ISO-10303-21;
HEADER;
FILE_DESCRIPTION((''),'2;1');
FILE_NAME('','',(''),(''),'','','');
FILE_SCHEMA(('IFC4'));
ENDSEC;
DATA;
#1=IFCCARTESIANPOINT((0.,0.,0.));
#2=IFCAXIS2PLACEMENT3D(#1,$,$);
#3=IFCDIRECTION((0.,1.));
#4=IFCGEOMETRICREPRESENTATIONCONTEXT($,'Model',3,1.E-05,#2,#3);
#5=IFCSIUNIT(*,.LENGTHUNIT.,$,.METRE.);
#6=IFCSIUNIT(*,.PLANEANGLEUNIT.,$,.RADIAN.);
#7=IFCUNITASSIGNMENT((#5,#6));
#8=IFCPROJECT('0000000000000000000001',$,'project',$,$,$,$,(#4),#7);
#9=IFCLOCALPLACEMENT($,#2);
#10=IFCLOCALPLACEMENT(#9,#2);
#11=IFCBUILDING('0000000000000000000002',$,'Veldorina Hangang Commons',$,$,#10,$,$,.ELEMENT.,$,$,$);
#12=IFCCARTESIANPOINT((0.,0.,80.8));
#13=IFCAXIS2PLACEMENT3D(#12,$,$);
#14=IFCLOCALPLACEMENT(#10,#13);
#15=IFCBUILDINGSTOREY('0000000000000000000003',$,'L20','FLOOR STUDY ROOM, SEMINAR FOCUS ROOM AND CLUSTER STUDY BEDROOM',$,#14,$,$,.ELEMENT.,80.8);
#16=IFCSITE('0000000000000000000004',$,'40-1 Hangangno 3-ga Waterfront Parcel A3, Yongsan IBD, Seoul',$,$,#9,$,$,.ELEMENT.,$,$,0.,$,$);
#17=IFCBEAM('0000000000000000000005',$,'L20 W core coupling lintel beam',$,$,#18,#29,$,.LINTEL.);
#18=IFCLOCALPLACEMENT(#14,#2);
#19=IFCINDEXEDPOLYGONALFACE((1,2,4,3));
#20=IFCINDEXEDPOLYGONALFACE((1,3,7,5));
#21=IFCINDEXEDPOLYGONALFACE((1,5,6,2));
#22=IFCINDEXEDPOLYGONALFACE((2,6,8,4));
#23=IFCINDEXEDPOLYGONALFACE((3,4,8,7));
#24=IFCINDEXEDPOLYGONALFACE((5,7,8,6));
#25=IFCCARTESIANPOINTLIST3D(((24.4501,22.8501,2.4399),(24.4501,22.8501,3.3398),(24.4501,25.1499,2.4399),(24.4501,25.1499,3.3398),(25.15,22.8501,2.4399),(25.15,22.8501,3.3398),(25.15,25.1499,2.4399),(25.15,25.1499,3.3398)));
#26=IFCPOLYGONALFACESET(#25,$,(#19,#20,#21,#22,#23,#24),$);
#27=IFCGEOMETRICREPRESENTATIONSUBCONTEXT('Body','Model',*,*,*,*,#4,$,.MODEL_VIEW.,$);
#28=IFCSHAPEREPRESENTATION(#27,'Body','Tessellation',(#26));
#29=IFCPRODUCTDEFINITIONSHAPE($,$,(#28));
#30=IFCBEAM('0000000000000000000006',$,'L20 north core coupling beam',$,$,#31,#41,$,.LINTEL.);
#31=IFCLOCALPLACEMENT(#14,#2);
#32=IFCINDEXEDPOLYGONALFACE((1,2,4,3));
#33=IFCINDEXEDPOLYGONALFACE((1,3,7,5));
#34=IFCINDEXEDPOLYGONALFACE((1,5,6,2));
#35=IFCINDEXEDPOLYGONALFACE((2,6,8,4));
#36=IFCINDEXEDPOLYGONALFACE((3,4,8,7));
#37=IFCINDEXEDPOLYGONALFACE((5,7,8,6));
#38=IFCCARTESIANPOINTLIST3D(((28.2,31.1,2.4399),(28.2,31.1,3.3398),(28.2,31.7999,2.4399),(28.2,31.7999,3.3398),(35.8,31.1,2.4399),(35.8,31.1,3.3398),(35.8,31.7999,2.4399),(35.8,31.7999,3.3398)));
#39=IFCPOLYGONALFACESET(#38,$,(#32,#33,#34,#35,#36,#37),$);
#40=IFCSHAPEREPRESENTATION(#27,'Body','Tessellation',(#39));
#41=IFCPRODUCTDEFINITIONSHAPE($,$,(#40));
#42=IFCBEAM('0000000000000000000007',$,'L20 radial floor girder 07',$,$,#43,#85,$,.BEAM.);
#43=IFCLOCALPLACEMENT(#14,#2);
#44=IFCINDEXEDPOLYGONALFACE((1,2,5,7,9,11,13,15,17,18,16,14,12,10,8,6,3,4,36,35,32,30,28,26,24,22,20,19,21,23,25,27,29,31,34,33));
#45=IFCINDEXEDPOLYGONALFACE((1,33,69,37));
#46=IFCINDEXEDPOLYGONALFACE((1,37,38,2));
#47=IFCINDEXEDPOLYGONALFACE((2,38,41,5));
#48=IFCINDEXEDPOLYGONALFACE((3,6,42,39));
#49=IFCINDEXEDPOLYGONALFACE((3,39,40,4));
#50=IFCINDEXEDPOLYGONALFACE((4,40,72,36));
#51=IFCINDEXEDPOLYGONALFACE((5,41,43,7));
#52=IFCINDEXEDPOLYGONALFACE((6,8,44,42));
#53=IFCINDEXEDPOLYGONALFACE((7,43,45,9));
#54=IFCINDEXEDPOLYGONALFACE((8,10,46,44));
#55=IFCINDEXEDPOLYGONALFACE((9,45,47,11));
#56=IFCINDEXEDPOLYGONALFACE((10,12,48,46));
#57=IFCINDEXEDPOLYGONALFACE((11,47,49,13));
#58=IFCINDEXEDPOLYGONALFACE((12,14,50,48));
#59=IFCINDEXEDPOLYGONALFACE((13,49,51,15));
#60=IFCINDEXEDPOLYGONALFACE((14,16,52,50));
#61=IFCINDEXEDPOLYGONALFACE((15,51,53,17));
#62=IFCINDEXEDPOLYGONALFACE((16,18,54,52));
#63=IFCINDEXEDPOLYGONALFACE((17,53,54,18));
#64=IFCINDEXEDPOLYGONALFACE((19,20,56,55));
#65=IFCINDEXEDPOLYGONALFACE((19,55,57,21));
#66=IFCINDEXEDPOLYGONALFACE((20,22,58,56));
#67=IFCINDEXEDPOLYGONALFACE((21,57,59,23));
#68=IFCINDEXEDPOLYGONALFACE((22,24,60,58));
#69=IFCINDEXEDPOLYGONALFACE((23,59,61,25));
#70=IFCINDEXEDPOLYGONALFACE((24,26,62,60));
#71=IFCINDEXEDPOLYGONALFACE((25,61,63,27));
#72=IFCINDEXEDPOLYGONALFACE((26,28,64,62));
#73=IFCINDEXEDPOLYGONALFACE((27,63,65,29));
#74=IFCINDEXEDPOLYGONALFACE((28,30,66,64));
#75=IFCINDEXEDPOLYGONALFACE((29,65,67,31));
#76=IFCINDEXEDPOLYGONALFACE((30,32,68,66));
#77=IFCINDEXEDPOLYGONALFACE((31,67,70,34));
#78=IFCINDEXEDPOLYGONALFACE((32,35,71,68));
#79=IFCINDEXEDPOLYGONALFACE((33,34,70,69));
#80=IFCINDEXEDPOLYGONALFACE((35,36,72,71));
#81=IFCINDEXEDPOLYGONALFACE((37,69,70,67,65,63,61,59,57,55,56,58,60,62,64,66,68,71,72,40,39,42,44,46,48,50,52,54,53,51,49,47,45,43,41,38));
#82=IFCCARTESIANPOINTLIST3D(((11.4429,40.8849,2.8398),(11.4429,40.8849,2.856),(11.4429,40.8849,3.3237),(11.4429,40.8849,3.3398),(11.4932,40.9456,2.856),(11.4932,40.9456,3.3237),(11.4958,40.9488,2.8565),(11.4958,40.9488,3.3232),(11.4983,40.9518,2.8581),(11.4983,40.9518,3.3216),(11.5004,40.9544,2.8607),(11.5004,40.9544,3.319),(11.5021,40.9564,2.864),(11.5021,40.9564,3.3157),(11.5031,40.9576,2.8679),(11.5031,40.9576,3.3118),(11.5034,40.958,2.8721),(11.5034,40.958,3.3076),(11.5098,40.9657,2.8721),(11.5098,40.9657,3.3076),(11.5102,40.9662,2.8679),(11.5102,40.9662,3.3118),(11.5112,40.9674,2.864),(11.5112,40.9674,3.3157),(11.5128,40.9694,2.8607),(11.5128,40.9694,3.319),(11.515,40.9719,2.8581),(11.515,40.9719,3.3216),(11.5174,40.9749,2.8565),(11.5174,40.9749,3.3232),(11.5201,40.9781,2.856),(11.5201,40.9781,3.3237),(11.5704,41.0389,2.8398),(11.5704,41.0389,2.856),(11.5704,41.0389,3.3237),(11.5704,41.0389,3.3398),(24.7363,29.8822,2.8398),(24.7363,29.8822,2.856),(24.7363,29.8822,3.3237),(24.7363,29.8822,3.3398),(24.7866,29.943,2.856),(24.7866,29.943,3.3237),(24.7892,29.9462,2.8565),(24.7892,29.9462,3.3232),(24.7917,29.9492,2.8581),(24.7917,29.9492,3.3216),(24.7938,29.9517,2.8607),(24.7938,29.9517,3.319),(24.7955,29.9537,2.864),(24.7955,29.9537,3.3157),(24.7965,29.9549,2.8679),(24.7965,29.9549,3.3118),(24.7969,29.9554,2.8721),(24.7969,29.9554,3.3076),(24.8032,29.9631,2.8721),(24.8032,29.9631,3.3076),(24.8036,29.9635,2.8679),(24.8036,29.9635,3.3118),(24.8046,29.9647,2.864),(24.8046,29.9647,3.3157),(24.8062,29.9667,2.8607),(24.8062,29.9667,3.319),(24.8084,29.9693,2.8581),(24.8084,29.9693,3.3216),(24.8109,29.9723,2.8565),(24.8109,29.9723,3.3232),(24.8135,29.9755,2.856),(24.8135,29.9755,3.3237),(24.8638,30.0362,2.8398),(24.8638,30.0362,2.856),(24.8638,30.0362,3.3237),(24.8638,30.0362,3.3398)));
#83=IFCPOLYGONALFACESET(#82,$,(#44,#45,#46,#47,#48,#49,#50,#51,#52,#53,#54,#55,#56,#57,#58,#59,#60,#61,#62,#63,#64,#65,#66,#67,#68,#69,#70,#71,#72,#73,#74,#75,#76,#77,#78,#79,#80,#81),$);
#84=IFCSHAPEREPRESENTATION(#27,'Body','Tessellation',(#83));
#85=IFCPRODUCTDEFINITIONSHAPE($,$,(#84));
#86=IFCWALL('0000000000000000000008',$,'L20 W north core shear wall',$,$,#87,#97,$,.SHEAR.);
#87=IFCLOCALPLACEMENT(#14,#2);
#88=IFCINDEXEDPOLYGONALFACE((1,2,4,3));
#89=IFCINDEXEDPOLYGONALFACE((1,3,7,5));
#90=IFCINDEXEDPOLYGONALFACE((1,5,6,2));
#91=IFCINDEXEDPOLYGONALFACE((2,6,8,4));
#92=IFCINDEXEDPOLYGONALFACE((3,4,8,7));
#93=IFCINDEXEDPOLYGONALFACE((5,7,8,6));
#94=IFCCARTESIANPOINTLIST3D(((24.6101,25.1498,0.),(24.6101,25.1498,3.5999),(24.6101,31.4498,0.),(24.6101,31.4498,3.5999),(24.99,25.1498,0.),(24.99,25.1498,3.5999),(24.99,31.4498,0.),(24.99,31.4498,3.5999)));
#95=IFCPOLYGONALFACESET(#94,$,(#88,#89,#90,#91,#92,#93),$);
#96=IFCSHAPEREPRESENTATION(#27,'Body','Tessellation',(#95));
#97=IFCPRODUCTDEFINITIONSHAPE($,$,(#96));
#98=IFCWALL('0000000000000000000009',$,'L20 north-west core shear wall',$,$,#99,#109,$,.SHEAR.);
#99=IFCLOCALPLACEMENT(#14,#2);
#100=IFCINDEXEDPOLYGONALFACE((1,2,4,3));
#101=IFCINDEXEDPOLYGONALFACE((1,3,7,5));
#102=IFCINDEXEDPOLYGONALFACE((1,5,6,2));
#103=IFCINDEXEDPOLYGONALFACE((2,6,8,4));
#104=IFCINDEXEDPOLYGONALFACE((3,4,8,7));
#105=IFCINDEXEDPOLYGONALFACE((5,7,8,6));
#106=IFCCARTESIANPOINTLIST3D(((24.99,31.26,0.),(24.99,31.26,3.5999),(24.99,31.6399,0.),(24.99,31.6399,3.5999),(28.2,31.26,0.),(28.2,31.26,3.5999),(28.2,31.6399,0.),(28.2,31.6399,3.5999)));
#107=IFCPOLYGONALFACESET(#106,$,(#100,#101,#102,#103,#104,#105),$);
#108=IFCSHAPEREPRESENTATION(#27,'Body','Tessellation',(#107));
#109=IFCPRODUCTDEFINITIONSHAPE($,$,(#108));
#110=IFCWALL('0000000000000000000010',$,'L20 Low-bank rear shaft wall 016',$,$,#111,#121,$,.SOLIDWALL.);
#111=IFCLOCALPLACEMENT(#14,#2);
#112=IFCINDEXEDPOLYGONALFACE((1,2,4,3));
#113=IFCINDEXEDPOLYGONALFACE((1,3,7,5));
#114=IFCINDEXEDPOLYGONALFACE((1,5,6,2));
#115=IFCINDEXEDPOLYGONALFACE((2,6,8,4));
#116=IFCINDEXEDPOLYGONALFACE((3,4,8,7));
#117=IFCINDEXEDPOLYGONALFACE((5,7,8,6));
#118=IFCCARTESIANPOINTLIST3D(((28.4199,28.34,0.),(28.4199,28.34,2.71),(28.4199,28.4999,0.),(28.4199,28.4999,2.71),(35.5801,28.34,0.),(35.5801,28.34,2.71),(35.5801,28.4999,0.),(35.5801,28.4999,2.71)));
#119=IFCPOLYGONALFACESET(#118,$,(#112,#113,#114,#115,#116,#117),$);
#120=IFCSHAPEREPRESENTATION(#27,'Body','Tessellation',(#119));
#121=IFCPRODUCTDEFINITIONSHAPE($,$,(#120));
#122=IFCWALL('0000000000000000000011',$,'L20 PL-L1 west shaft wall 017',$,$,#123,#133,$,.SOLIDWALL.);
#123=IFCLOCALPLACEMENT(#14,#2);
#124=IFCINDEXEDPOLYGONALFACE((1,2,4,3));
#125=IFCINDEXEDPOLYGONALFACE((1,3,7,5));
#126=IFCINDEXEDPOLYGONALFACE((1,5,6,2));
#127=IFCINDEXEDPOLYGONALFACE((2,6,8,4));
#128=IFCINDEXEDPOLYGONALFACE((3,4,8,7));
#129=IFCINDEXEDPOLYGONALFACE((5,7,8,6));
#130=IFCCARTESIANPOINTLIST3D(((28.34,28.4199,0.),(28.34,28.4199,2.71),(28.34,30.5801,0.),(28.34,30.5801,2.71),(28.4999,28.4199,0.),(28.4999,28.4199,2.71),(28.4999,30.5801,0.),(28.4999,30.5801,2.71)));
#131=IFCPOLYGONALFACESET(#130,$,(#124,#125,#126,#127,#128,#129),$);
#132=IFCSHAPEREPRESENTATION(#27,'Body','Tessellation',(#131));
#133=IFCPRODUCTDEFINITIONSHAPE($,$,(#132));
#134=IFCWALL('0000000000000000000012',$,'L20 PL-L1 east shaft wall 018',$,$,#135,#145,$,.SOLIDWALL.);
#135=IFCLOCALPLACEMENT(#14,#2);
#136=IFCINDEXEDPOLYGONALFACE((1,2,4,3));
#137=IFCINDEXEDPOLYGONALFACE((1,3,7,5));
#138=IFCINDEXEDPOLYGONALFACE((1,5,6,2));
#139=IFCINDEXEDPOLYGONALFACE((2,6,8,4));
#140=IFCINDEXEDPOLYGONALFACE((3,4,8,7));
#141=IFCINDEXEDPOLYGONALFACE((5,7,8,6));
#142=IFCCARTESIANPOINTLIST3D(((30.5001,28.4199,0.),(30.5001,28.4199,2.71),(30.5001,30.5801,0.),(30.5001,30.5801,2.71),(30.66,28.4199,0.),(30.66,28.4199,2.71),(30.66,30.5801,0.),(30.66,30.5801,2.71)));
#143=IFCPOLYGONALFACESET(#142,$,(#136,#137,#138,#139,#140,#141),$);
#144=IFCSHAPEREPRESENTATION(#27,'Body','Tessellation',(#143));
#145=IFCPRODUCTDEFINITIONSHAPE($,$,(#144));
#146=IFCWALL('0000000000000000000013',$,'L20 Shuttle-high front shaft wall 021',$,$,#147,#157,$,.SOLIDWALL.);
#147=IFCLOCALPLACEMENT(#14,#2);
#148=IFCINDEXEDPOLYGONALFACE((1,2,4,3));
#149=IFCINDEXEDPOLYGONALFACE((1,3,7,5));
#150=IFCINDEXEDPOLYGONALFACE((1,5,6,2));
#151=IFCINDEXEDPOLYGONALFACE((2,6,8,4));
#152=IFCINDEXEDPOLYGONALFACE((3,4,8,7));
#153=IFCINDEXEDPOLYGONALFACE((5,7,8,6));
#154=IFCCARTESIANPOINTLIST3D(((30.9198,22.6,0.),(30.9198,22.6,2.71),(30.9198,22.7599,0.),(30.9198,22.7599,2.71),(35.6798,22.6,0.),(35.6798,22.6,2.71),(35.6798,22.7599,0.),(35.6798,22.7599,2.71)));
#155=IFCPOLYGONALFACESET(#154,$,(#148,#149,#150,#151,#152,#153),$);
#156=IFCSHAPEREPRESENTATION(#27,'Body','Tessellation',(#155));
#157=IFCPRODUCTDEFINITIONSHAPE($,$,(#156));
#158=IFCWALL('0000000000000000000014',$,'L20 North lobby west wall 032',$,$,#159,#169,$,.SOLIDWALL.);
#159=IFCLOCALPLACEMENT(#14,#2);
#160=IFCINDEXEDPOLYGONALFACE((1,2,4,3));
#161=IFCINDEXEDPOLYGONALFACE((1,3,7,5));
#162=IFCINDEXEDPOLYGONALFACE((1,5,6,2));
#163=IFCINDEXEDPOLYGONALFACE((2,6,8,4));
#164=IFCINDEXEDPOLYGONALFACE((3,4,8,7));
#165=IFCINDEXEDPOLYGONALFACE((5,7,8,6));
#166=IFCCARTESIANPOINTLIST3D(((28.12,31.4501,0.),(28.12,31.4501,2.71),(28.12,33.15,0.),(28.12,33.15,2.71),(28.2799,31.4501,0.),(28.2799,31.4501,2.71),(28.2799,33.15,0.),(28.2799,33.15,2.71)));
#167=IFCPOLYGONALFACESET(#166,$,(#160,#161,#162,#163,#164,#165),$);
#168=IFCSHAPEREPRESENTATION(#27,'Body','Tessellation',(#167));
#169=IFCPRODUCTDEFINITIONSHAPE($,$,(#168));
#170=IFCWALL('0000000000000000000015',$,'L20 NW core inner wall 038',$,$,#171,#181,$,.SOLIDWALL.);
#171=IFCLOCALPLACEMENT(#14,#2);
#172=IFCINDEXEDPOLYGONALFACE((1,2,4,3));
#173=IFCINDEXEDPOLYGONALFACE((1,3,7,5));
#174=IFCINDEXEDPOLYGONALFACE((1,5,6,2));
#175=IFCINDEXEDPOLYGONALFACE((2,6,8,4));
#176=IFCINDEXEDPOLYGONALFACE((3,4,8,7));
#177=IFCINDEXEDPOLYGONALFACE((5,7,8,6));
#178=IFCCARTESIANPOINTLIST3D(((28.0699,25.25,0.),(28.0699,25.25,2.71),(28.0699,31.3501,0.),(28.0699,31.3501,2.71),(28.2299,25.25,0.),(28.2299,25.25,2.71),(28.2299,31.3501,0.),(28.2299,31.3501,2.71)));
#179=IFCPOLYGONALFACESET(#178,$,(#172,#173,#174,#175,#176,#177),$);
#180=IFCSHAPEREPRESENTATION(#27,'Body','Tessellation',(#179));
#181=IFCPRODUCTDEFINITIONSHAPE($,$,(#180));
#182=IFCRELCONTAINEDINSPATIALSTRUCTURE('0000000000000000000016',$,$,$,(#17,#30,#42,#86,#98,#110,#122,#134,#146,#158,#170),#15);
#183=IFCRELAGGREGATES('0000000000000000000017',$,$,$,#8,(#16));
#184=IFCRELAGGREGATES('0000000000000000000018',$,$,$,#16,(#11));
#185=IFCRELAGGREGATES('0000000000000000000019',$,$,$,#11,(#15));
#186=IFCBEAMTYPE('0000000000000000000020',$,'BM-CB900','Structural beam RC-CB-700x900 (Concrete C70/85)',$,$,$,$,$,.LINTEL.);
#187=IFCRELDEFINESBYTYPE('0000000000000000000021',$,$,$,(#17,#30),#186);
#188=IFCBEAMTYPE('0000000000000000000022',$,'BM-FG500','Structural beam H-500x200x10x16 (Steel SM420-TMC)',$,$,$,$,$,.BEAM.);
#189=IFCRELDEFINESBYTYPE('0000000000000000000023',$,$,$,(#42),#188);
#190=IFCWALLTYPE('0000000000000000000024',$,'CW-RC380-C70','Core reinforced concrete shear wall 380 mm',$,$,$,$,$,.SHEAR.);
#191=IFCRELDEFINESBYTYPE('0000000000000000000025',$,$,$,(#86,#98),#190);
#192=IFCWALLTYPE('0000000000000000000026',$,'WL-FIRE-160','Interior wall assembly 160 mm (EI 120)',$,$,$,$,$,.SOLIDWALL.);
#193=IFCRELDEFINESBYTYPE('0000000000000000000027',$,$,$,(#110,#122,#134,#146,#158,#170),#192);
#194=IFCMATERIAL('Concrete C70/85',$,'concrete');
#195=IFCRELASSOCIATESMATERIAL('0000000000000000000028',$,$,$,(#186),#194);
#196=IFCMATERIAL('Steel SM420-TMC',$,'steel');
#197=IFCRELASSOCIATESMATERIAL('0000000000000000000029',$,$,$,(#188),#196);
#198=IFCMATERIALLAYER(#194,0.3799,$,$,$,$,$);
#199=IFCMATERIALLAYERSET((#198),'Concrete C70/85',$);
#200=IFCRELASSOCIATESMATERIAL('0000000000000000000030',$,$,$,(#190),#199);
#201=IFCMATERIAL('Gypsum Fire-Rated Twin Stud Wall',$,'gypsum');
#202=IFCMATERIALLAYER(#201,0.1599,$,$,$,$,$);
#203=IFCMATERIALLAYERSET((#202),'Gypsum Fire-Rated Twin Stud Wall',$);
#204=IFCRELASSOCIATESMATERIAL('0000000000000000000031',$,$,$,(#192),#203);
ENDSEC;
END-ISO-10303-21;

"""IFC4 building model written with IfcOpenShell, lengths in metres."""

from ifc_helpers import new_model, si_unit, direction, frame, frame_2d, origin, origin_2d, place, context, subcontext, project, spatial, rectangle, i_section, extrude, material, layer, layer_set, material_profile, profile_set, type_object, element, save


model = new_model("IFC4")

# Units and contexts
model_context = context("Model", 3, precision=1e-05, world=origin(), true_north=direction((0.0, 1.0)))
body_context = subcontext(model_context, "Body", "Model", "MODEL_VIEW")
ifc_project = project(units=[si_unit("LENGTHUNIT", "METRE"), si_unit("PLANEANGLEUNIT", "RADIAN")], contexts=[model_context])

# Site, building, storey
site_placement = place(None, origin())
site = spatial("IfcSite", under=ifc_project, at=site_placement, Name="40-1 Hangangno 3-ga Waterfront Parcel A3, Yongsan IBD, Seoul", CompositionType="ELEMENT", RefElevation=0.0)
building_placement = place(site_placement, origin())
building = spatial("IfcBuilding", under=site, at=building_placement, Name="Veldorina Hangang Commons", CompositionType="ELEMENT")
storey_placement = place(building_placement, frame((0.0, 0.0, 80.8)))
storey = spatial("IfcBuildingStorey", under=building, at=storey_placement, Name="L20", Description="FLOOR STUDY ROOM, SEMINAR FOCUS ROOM AND CLUSTER STUDY BEDROOM", CompositionType="ELEMENT", Elevation=80.8)

# Beams
ifc_material_1 = material(Name="Concrete C70/85", Category="concrete")
ifc_material_profile_1 = material_profile(ifc_material_1, rectangle(XDim=0.7, YDim=0.8999, at=origin_2d()), Name="RC-CB-700x900")
ifc_profile_set_1 = profile_set([ifc_material_profile_1], Name="Concrete C70/85")
beam_type_1 = type_object("IfcBeamType", Name="BM-CB900", Description="Structural beam RC-CB-700x900 (Concrete C70/85)", PredefinedType="LINTEL", material=ifc_profile_set_1)
beam_1_placement = place(storey_placement, frame((24.8, 22.8501, 2.8899), z_axis=(0.0, 1.0, 0.0), x_axis=(-1.0, 0.0, 0.0)))
element("IfcBeam", 1, at=beam_1_placement, inside=storey, type_object=beam_type_1, Name="L20 W core coupling lintel beam", PredefinedType="LINTEL", context=body_context, shape_type="SweptSolid", body=[
    extrude(rectangle(XDim=0.7, YDim=0.8999, at=origin_2d()), origin(), (0.0, 0.0, 1.0), 2.2998),
])
beam_2_placement = place(storey_placement, frame((28.2, 31.45, 2.8899), z_axis=(1.0, 0.0, 0.0), x_axis=(0.0, 1.0, 0.0)))
element("IfcBeam", 2, at=beam_2_placement, inside=storey, type_object=beam_type_1, Name="L20 north core coupling beam", PredefinedType="LINTEL", context=body_context, shape_type="SweptSolid", body=[
    extrude(rectangle(XDim=0.7, YDim=0.8999, at=origin_2d()), origin(), (0.0, 0.0, 1.0), 7.6001),
])
ifc_material_2 = material(Name="Steel SM420-TMC", Category="steel")
ifc_material_profile_2 = material_profile(ifc_material_2, i_section(OverallWidth=0.2, OverallDepth=0.5, WebThickness=0.01, FlangeThickness=0.0161, FilletRadius=0.0161, at=origin_2d()), Name="H-500x200x10x16")
ifc_profile_set_2 = profile_set([ifc_material_profile_2], Name="Steel SM420-TMC")
beam_type_2 = type_object("IfcBeamType", Name="BM-FG500", Description="Structural beam H-500x200x10x16 (Steel SM420-TMC)", PredefinedType="BEAM", material=ifc_profile_set_2)
beam_3_placement = place(storey_placement, frame((24.8, 29.9592, 3.0898), z_axis=(-0.77036, 0.637609, 0.0), x_axis=(-0.637609, -0.77036, 0.0)))
element("IfcBeam", 3, at=beam_3_placement, inside=storey, type_object=beam_type_2, Name="L20 radial floor girder 07", PredefinedType="BEAM", context=body_context, shape_type="SweptSolid", body=[
    extrude(i_section(OverallWidth=0.2, OverallDepth=0.5, WebThickness=0.01, FlangeThickness=0.0161, FilletRadius=0.0161, at=origin_2d()), origin(), (0.0, 0.0, 1.0), 17.2561),
])

# Walls
ifc_layer_1 = layer(ifc_material_1, 0.3799)
ifc_layer_set_1 = layer_set([ifc_layer_1], Name="Concrete C70/85")
wall_type_1 = type_object("IfcWallType", Name="CW-RC380-C70", Description="Core reinforced concrete shear wall 380 mm", PredefinedType="SHEAR", material=ifc_layer_set_1)
wall_1_placement = place(storey_placement, frame((24.8, 25.1499, 0.0), z_axis=(0.0, 0.0, 1.0), x_axis=(0.0, 1.0, 0.0)))
element("IfcWall", 4, at=wall_1_placement, inside=storey, type_object=wall_type_1, Name="L20 W north core shear wall", PredefinedType="SHEAR", context=body_context, shape_type="SweptSolid", body=[
    extrude(rectangle(XDim=6.3, YDim=0.3799, at=frame_2d((3.1499, 0.0))), origin(), (0.0, 0.0, 1.0), 3.5999),
])
wall_2_placement = place(storey_placement, frame((24.99, 31.45, 0.0), z_axis=(0.0, 0.0, 1.0), x_axis=(1.0, 0.0, 0.0)))
element("IfcWall", 5, at=wall_2_placement, inside=storey, type_object=wall_type_1, Name="L20 north-west core shear wall", PredefinedType="SHEAR", context=body_context, shape_type="SweptSolid", body=[
    extrude(rectangle(XDim=3.21, YDim=0.3799, at=frame_2d((1.605, 0.0))), origin(), (0.0, 0.0, 1.0), 3.5999),
])

# Shared definitions
ifc_material_3 = material(Name="Gypsum Fire-Rated Twin Stud Wall", Category="gypsum")
ifc_layer_2 = layer(ifc_material_3, 0.1599)
ifc_layer_set_2 = layer_set([ifc_layer_2], Name="Gypsum Fire-Rated Twin Stud Wall")
wall_type_2 = type_object("IfcWallType", Name="WL-FIRE-160", Description="Interior wall assembly 160 mm (EI 120)", PredefinedType="SOLIDWALL", material=ifc_layer_set_2)

# Walls
wall_3_placement = place(storey_placement, frame((28.4199, 28.4199, 0.0), z_axis=(0.0, 0.0, 1.0), x_axis=(1.0, 0.0, 0.0)))
element("IfcWall", 6, at=wall_3_placement, inside=storey, type_object=wall_type_2, Name="L20 Low-bank rear shaft wall 016", PredefinedType="SOLIDWALL", context=body_context, shape_type="SweptSolid", body=[
    extrude(rectangle(XDim=7.1602, YDim=0.1599, at=frame_2d((3.5801, 0.0))), origin(), (0.0, 0.0, 1.0), 2.71),
])
for number, where, z_axis, x_axis, name in (
    (7, (28.4199, 28.4199, 0.0), (0.0, 0.0, 1.0), (0.0, 1.0, 0.0), "L20 PL-L1 west shaft wall 017"),
    (8, (30.5801, 28.4199, 0.0), (0.0, 0.0, 1.0), (0.0, 1.0, 0.0), "L20 PL-L1 east shaft wall 018"),
):
    element("IfcWall", number, at=place(storey_placement, frame(where, z_axis=z_axis, x_axis=x_axis)), inside=storey, type_object=wall_type_2, Name=name, PredefinedType="SOLIDWALL", context=body_context, shape_type="SweptSolid", body=[
        extrude(rectangle(XDim=2.1602, YDim=0.1599, at=frame_2d((1.0801, 0.0))), origin(), (0.0, 0.0, 1.0), 2.71),
    ])
wall_4_placement = place(storey_placement, frame((30.9199, 22.6799, 0.0), z_axis=(0.0, 0.0, 1.0), x_axis=(1.0, 0.0, 0.0)))
element("IfcWall", 9, at=wall_4_placement, inside=storey, type_object=wall_type_2, Name="L20 Shuttle-high front shaft wall 021", PredefinedType="SOLIDWALL", context=body_context, shape_type="SweptSolid", body=[
    extrude(rectangle(XDim=4.76, YDim=0.1599, at=frame_2d((2.3799, 0.0))), origin(), (0.0, 0.0, 1.0), 2.71),
])
wall_5_placement = place(storey_placement, frame((28.2, 31.45, 0.0), z_axis=(0.0, 0.0, 1.0), x_axis=(0.0, 1.0, 0.0)))
element("IfcWall", 10, at=wall_5_placement, inside=storey, type_object=wall_type_2, Name="L20 North lobby west wall 032", PredefinedType="SOLIDWALL", context=body_context, shape_type="SweptSolid", body=[
    extrude(rectangle(XDim=1.7, YDim=0.1599, at=frame_2d((0.8501, 0.0))), origin(), (0.0, 0.0, 1.0), 2.71),
])
wall_6_placement = place(storey_placement, frame((28.1499, 25.25, 0.0), z_axis=(0.0, 0.0, 1.0), x_axis=(0.0, 1.0, 0.0)))
element("IfcWall", 11, at=wall_6_placement, inside=storey, type_object=wall_type_2, Name="L20 NW core inner wall 038", PredefinedType="SOLIDWALL", context=body_context, shape_type="SweptSolid", body=[
    extrude(rectangle(XDim=6.1001, YDim=0.1599, at=frame_2d((3.05, 0.0))), origin(), (0.0, 0.0, 1.0), 2.71),
])

save(model, "model.ifc")
